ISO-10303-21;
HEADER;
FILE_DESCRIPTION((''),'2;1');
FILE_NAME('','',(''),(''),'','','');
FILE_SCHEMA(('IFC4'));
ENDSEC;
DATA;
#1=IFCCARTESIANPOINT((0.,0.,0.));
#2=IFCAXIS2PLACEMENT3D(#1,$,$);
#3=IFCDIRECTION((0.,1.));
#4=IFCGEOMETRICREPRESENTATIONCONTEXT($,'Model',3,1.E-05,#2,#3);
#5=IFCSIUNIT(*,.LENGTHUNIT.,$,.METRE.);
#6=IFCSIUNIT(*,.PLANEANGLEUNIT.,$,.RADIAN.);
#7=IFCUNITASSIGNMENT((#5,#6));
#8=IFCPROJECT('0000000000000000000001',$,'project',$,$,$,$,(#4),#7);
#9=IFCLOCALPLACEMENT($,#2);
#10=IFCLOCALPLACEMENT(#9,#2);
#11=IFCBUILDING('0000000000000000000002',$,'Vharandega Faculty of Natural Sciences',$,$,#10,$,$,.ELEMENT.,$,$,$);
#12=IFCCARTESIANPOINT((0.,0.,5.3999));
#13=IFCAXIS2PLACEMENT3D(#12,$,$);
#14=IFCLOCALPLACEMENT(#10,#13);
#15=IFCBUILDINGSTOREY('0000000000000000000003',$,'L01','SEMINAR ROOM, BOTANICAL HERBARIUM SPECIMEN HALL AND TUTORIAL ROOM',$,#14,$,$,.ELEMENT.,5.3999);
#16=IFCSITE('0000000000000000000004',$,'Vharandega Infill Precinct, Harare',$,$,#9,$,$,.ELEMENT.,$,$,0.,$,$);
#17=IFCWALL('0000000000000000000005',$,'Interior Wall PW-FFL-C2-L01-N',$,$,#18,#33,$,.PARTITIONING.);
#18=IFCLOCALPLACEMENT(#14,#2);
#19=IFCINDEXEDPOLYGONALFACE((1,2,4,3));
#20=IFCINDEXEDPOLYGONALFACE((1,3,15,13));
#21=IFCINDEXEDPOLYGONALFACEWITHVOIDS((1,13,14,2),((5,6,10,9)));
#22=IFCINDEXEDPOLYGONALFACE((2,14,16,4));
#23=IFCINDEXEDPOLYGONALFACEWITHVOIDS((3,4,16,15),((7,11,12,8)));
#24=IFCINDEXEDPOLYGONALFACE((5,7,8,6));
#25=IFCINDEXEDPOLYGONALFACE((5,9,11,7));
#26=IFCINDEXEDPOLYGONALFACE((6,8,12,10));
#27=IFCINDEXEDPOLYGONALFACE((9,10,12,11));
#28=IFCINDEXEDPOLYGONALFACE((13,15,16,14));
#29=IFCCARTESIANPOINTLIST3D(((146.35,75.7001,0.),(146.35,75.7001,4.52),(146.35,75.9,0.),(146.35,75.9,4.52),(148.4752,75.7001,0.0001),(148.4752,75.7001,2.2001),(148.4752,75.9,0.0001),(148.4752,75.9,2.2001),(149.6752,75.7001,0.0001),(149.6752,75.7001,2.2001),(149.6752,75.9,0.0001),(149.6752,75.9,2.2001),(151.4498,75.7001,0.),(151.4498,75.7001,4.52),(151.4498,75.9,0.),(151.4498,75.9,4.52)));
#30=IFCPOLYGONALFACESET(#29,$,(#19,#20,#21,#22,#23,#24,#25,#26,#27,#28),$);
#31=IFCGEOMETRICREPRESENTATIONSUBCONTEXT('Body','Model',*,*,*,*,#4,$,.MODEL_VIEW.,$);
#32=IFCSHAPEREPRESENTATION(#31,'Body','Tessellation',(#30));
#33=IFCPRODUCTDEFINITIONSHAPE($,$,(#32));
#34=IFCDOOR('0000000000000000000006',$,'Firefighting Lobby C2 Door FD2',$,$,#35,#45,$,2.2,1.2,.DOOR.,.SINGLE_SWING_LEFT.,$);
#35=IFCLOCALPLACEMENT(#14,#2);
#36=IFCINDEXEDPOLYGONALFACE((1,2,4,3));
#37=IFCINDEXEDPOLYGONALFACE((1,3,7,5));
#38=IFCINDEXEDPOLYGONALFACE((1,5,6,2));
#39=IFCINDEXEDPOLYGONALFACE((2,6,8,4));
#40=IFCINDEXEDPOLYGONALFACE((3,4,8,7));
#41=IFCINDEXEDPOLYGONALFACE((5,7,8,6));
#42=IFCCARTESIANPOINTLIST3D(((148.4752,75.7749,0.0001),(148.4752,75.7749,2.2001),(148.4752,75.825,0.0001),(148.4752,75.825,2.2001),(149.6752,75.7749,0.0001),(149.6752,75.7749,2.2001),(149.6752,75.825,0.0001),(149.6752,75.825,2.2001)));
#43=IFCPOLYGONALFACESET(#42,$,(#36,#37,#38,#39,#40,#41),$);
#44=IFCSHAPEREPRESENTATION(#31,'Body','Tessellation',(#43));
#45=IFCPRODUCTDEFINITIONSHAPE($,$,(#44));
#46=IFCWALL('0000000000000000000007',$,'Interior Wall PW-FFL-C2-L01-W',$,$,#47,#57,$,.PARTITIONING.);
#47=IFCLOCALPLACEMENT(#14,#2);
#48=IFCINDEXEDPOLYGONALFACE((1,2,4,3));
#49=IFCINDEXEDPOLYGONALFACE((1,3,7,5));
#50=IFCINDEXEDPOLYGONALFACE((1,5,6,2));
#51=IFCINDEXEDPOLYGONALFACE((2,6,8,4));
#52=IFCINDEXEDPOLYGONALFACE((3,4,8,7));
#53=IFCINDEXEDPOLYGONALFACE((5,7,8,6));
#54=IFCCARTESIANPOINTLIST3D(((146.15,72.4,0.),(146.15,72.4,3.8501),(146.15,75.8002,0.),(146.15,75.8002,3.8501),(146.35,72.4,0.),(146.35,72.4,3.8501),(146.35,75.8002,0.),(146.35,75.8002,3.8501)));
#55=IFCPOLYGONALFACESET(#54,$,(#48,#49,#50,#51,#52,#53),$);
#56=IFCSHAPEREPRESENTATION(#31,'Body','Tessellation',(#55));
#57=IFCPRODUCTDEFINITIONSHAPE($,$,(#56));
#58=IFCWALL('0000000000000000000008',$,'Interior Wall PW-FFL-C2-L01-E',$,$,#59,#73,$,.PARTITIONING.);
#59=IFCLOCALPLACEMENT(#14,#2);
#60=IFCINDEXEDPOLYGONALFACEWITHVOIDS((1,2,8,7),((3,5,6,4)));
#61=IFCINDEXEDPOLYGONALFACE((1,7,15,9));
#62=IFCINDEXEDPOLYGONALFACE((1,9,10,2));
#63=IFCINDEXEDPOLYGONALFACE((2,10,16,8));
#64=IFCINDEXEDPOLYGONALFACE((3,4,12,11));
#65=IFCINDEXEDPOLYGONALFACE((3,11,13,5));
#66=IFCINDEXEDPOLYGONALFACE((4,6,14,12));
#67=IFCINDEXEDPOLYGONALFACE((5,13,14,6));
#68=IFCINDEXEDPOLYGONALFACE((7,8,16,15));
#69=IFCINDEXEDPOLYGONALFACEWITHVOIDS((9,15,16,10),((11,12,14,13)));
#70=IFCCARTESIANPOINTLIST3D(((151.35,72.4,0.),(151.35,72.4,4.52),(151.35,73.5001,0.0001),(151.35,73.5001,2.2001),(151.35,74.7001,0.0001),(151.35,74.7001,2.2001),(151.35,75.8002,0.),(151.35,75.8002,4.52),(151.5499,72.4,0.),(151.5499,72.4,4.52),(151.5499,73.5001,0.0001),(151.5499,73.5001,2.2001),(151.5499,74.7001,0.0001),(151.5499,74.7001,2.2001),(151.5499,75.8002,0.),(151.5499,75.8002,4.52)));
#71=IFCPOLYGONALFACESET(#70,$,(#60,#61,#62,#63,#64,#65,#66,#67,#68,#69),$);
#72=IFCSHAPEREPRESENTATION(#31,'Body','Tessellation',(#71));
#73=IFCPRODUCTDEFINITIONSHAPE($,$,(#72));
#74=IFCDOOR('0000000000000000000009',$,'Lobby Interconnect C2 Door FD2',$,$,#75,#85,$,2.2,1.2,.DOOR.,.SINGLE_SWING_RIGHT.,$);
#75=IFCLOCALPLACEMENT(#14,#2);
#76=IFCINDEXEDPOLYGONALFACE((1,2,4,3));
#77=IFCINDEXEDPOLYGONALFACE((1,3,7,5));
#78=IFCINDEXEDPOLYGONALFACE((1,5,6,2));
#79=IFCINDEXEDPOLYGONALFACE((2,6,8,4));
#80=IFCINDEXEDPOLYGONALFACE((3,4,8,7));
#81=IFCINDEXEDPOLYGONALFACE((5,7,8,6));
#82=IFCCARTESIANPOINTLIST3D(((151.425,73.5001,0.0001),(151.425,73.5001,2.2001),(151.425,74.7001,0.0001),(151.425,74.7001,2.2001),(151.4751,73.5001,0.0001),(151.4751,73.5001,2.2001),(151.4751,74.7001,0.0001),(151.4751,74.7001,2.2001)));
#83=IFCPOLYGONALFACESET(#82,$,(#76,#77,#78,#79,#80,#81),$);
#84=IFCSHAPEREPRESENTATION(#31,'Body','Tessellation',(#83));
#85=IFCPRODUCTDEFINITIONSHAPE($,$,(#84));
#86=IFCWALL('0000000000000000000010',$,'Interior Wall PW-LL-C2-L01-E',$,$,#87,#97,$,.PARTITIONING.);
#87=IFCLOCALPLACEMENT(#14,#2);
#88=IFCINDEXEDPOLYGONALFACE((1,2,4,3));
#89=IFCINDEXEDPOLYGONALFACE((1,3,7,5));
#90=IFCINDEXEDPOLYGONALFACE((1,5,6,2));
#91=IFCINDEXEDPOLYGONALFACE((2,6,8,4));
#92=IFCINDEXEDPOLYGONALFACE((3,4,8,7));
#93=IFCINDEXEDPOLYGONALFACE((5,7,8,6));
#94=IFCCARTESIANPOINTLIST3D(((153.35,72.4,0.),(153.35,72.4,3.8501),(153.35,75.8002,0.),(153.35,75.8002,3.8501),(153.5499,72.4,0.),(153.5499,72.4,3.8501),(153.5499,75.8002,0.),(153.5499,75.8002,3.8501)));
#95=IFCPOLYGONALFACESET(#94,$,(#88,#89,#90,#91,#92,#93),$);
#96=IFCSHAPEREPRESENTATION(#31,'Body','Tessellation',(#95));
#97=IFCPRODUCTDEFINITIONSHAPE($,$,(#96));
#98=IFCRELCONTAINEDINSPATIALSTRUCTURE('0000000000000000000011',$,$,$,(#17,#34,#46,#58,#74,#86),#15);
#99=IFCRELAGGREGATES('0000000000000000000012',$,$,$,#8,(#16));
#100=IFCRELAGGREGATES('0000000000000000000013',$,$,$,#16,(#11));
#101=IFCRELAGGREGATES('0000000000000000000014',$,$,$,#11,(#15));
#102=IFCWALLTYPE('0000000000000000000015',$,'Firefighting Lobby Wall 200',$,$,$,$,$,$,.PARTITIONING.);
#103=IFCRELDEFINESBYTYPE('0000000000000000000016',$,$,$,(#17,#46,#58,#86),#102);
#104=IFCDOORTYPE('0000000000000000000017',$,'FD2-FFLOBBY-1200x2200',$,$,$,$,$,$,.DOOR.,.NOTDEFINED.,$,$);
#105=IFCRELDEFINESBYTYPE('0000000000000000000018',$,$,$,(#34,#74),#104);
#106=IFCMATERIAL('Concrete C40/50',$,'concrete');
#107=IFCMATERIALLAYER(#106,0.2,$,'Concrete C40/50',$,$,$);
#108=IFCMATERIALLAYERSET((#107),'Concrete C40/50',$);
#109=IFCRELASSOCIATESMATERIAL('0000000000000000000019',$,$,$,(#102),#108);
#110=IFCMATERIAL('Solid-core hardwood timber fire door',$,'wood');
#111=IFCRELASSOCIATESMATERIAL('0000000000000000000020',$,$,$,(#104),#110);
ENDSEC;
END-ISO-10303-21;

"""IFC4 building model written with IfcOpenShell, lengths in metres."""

from ifc_helpers import new_model, si_unit, direction, frame, frame_2d, origin, place, context, subcontext, project, spatial, rectangle, extrude, material, layer, layer_set, type_object, element, fill, save


model = new_model("IFC4")

# Units and contexts
model_context = context("Model", 3, precision=1e-05, world=origin(), true_north=direction((0.0, 1.0)))
body_context = subcontext(model_context, "Body", "Model", "MODEL_VIEW")
ifc_project = project(units=[si_unit("LENGTHUNIT", "METRE"), si_unit("PLANEANGLEUNIT", "RADIAN")], contexts=[model_context])

# Site, building, storey
site_placement = place(None, origin())
site = spatial("IfcSite", under=ifc_project, at=site_placement, Name="Vharandega Infill Precinct, Harare", CompositionType="ELEMENT", RefElevation=0.0)
building_placement = place(site_placement, origin())
building = spatial("IfcBuilding", under=site, at=building_placement, Name="Vharandega Faculty of Natural Sciences", CompositionType="ELEMENT")
storey_placement = place(building_placement, frame((0.0, 0.0, 5.3999)))
storey = spatial("IfcBuildingStorey", under=building, at=storey_placement, Name="L01", Description="SEMINAR ROOM, BOTANICAL HERBARIUM SPECIMEN HALL AND TUTORIAL ROOM", CompositionType="ELEMENT", Elevation=5.3999)

# Wall, opening, door
ifc_material_1 = material(Name="Concrete C40/50", Category="concrete")
ifc_layer_1 = layer(ifc_material_1, 0.2, Name="Concrete C40/50")
ifc_layer_set_1 = layer_set([ifc_layer_1], Name="Concrete C40/50")
wall_type_1 = type_object("IfcWallType", Name="Firefighting Lobby Wall 200", PredefinedType="PARTITIONING", material=ifc_layer_set_1)
wall_1_placement = place(storey_placement, frame((146.3501, 75.8, 0.0), z_axis=(0.0, 0.0, 1.0), x_axis=(1.0, 0.0, 0.0)))
wall_1 = element("IfcWall", 1, at=wall_1_placement, inside=storey, type_object=wall_type_1, Name="Interior Wall PW-FFL-C2-L01-N", PredefinedType="PARTITIONING", context=body_context, shape_type="SweptSolid", body=[
    extrude(rectangle(XDim=5.0999, YDim=0.2, at=frame_2d((2.5498, 0.0))), origin(), (0.0, 0.0, 1.0), 4.52),
])
opening_1_placement = place(wall_1_placement, frame((2.125, 0.0, 0.0)))
opening_1 = element("IfcOpeningElement", 2, at=opening_1_placement, cuts=wall_1, PredefinedType="OPENING", context=body_context, shape_type="SweptSolid", body=[
    extrude(rectangle(XDim=1.2, YDim=2.2, at=frame_2d((0.6001, 1.1001))), frame((0.0, 0.1099, 0.0), z_axis=(0.0, -1.0, 0.0), x_axis=(1.0, 0.0, 0.0)), (0.0, 0.0, 1.0), 0.22),
])
ifc_material_2 = material(Name="Solid-core hardwood timber fire door", Category="wood")
door_type_1 = type_object("IfcDoorType", Name="FD2-FFLOBBY-1200x2200", OperationType="NOTDEFINED", PredefinedType="DOOR", material=ifc_material_2)
door_1_placement = place(opening_1_placement, origin())
door_1 = element("IfcDoor", 3, at=door_1_placement, inside=storey, type_object=door_type_1, Name="Firefighting Lobby C2 Door FD2", OperationType="SINGLE_SWING_LEFT", OverallHeight=2.2, OverallWidth=1.2, PredefinedType="DOOR", context=body_context, shape_type="SweptSolid", body=[
    extrude(rectangle(XDim=1.2, YDim=2.2, at=frame_2d((0.6001, 1.1001))), frame((0.0, 0.0249, 0.0), z_axis=(0.0, -1.0, 0.0), x_axis=(1.0, 0.0, 0.0)), (0.0, 0.0, 1.0), 0.05),
])
fill(opening_1, door_1)

# Wall
wall_2_placement = place(storey_placement, frame((146.25, 72.3999, 0.0), z_axis=(0.0, 0.0, 1.0), x_axis=(0.0, 1.0, 0.0)))
element("IfcWall", 4, at=wall_2_placement, inside=storey, type_object=wall_type_1, Name="Interior Wall PW-FFL-C2-L01-W", PredefinedType="PARTITIONING", context=body_context, shape_type="SweptSolid", body=[
    extrude(rectangle(XDim=3.4001, YDim=0.2, at=frame_2d((1.7002, 0.0))), origin(), (0.0, 0.0, 1.0), 3.8501),
])

# Wall, opening, door
wall_3_placement = place(storey_placement, frame((151.45, 72.3999, 0.0), z_axis=(0.0, 0.0, 1.0), x_axis=(0.0, 1.0, 0.0)))
wall_3 = element("IfcWall", 5, at=wall_3_placement, inside=storey, type_object=wall_type_1, Name="Interior Wall PW-FFL-C2-L01-E", PredefinedType="PARTITIONING", context=body_context, shape_type="SweptSolid", body=[
    extrude(rectangle(XDim=3.4001, YDim=0.2, at=frame_2d((1.7002, 0.0))), origin(), (0.0, 0.0, 1.0), 4.52),
])
opening_2_placement = place(wall_3_placement, frame((1.1001, 0.0, 0.0)))
opening_2 = element("IfcOpeningElement", 6, at=opening_2_placement, cuts=wall_3, PredefinedType="OPENING", context=body_context, shape_type="SweptSolid", body=[
    extrude(rectangle(XDim=1.2, YDim=2.2, at=frame_2d((0.6001, 1.1001))), frame((0.0, 0.1099, 0.0), z_axis=(0.0, -1.0, 0.0), x_axis=(1.0, 0.0, 0.0)), (0.0, 0.0, 1.0), 0.22),
])
door_2_placement = place(opening_2_placement, origin())
door_2 = element("IfcDoor", 7, at=door_2_placement, inside=storey, type_object=door_type_1, Name="Lobby Interconnect C2 Door FD2", OperationType="SINGLE_SWING_RIGHT", OverallHeight=2.2, OverallWidth=1.2, PredefinedType="DOOR", context=body_context, shape_type="SweptSolid", body=[
    extrude(rectangle(XDim=1.2, YDim=2.2, at=frame_2d((0.6001, 1.1001))), frame((0.0, 0.0249, 0.0), z_axis=(0.0, -1.0, 0.0), x_axis=(1.0, 0.0, 0.0)), (0.0, 0.0, 1.0), 0.05),
])
fill(opening_2, door_2)

# Wall
wall_4_placement = place(storey_placement, frame((153.45, 72.3999, 0.0), z_axis=(0.0, 0.0, 1.0), x_axis=(0.0, 1.0, 0.0)))
element("IfcWall", 8, at=wall_4_placement, inside=storey, type_object=wall_type_1, Name="Interior Wall PW-LL-C2-L01-E", PredefinedType="PARTITIONING", context=body_context, shape_type="SweptSolid", body=[
    extrude(rectangle(XDim=3.4001, YDim=0.2, at=frame_2d((1.7002, 0.0))), origin(), (0.0, 0.0, 1.0), 3.8501),
])

save(model, "model.ifc")
